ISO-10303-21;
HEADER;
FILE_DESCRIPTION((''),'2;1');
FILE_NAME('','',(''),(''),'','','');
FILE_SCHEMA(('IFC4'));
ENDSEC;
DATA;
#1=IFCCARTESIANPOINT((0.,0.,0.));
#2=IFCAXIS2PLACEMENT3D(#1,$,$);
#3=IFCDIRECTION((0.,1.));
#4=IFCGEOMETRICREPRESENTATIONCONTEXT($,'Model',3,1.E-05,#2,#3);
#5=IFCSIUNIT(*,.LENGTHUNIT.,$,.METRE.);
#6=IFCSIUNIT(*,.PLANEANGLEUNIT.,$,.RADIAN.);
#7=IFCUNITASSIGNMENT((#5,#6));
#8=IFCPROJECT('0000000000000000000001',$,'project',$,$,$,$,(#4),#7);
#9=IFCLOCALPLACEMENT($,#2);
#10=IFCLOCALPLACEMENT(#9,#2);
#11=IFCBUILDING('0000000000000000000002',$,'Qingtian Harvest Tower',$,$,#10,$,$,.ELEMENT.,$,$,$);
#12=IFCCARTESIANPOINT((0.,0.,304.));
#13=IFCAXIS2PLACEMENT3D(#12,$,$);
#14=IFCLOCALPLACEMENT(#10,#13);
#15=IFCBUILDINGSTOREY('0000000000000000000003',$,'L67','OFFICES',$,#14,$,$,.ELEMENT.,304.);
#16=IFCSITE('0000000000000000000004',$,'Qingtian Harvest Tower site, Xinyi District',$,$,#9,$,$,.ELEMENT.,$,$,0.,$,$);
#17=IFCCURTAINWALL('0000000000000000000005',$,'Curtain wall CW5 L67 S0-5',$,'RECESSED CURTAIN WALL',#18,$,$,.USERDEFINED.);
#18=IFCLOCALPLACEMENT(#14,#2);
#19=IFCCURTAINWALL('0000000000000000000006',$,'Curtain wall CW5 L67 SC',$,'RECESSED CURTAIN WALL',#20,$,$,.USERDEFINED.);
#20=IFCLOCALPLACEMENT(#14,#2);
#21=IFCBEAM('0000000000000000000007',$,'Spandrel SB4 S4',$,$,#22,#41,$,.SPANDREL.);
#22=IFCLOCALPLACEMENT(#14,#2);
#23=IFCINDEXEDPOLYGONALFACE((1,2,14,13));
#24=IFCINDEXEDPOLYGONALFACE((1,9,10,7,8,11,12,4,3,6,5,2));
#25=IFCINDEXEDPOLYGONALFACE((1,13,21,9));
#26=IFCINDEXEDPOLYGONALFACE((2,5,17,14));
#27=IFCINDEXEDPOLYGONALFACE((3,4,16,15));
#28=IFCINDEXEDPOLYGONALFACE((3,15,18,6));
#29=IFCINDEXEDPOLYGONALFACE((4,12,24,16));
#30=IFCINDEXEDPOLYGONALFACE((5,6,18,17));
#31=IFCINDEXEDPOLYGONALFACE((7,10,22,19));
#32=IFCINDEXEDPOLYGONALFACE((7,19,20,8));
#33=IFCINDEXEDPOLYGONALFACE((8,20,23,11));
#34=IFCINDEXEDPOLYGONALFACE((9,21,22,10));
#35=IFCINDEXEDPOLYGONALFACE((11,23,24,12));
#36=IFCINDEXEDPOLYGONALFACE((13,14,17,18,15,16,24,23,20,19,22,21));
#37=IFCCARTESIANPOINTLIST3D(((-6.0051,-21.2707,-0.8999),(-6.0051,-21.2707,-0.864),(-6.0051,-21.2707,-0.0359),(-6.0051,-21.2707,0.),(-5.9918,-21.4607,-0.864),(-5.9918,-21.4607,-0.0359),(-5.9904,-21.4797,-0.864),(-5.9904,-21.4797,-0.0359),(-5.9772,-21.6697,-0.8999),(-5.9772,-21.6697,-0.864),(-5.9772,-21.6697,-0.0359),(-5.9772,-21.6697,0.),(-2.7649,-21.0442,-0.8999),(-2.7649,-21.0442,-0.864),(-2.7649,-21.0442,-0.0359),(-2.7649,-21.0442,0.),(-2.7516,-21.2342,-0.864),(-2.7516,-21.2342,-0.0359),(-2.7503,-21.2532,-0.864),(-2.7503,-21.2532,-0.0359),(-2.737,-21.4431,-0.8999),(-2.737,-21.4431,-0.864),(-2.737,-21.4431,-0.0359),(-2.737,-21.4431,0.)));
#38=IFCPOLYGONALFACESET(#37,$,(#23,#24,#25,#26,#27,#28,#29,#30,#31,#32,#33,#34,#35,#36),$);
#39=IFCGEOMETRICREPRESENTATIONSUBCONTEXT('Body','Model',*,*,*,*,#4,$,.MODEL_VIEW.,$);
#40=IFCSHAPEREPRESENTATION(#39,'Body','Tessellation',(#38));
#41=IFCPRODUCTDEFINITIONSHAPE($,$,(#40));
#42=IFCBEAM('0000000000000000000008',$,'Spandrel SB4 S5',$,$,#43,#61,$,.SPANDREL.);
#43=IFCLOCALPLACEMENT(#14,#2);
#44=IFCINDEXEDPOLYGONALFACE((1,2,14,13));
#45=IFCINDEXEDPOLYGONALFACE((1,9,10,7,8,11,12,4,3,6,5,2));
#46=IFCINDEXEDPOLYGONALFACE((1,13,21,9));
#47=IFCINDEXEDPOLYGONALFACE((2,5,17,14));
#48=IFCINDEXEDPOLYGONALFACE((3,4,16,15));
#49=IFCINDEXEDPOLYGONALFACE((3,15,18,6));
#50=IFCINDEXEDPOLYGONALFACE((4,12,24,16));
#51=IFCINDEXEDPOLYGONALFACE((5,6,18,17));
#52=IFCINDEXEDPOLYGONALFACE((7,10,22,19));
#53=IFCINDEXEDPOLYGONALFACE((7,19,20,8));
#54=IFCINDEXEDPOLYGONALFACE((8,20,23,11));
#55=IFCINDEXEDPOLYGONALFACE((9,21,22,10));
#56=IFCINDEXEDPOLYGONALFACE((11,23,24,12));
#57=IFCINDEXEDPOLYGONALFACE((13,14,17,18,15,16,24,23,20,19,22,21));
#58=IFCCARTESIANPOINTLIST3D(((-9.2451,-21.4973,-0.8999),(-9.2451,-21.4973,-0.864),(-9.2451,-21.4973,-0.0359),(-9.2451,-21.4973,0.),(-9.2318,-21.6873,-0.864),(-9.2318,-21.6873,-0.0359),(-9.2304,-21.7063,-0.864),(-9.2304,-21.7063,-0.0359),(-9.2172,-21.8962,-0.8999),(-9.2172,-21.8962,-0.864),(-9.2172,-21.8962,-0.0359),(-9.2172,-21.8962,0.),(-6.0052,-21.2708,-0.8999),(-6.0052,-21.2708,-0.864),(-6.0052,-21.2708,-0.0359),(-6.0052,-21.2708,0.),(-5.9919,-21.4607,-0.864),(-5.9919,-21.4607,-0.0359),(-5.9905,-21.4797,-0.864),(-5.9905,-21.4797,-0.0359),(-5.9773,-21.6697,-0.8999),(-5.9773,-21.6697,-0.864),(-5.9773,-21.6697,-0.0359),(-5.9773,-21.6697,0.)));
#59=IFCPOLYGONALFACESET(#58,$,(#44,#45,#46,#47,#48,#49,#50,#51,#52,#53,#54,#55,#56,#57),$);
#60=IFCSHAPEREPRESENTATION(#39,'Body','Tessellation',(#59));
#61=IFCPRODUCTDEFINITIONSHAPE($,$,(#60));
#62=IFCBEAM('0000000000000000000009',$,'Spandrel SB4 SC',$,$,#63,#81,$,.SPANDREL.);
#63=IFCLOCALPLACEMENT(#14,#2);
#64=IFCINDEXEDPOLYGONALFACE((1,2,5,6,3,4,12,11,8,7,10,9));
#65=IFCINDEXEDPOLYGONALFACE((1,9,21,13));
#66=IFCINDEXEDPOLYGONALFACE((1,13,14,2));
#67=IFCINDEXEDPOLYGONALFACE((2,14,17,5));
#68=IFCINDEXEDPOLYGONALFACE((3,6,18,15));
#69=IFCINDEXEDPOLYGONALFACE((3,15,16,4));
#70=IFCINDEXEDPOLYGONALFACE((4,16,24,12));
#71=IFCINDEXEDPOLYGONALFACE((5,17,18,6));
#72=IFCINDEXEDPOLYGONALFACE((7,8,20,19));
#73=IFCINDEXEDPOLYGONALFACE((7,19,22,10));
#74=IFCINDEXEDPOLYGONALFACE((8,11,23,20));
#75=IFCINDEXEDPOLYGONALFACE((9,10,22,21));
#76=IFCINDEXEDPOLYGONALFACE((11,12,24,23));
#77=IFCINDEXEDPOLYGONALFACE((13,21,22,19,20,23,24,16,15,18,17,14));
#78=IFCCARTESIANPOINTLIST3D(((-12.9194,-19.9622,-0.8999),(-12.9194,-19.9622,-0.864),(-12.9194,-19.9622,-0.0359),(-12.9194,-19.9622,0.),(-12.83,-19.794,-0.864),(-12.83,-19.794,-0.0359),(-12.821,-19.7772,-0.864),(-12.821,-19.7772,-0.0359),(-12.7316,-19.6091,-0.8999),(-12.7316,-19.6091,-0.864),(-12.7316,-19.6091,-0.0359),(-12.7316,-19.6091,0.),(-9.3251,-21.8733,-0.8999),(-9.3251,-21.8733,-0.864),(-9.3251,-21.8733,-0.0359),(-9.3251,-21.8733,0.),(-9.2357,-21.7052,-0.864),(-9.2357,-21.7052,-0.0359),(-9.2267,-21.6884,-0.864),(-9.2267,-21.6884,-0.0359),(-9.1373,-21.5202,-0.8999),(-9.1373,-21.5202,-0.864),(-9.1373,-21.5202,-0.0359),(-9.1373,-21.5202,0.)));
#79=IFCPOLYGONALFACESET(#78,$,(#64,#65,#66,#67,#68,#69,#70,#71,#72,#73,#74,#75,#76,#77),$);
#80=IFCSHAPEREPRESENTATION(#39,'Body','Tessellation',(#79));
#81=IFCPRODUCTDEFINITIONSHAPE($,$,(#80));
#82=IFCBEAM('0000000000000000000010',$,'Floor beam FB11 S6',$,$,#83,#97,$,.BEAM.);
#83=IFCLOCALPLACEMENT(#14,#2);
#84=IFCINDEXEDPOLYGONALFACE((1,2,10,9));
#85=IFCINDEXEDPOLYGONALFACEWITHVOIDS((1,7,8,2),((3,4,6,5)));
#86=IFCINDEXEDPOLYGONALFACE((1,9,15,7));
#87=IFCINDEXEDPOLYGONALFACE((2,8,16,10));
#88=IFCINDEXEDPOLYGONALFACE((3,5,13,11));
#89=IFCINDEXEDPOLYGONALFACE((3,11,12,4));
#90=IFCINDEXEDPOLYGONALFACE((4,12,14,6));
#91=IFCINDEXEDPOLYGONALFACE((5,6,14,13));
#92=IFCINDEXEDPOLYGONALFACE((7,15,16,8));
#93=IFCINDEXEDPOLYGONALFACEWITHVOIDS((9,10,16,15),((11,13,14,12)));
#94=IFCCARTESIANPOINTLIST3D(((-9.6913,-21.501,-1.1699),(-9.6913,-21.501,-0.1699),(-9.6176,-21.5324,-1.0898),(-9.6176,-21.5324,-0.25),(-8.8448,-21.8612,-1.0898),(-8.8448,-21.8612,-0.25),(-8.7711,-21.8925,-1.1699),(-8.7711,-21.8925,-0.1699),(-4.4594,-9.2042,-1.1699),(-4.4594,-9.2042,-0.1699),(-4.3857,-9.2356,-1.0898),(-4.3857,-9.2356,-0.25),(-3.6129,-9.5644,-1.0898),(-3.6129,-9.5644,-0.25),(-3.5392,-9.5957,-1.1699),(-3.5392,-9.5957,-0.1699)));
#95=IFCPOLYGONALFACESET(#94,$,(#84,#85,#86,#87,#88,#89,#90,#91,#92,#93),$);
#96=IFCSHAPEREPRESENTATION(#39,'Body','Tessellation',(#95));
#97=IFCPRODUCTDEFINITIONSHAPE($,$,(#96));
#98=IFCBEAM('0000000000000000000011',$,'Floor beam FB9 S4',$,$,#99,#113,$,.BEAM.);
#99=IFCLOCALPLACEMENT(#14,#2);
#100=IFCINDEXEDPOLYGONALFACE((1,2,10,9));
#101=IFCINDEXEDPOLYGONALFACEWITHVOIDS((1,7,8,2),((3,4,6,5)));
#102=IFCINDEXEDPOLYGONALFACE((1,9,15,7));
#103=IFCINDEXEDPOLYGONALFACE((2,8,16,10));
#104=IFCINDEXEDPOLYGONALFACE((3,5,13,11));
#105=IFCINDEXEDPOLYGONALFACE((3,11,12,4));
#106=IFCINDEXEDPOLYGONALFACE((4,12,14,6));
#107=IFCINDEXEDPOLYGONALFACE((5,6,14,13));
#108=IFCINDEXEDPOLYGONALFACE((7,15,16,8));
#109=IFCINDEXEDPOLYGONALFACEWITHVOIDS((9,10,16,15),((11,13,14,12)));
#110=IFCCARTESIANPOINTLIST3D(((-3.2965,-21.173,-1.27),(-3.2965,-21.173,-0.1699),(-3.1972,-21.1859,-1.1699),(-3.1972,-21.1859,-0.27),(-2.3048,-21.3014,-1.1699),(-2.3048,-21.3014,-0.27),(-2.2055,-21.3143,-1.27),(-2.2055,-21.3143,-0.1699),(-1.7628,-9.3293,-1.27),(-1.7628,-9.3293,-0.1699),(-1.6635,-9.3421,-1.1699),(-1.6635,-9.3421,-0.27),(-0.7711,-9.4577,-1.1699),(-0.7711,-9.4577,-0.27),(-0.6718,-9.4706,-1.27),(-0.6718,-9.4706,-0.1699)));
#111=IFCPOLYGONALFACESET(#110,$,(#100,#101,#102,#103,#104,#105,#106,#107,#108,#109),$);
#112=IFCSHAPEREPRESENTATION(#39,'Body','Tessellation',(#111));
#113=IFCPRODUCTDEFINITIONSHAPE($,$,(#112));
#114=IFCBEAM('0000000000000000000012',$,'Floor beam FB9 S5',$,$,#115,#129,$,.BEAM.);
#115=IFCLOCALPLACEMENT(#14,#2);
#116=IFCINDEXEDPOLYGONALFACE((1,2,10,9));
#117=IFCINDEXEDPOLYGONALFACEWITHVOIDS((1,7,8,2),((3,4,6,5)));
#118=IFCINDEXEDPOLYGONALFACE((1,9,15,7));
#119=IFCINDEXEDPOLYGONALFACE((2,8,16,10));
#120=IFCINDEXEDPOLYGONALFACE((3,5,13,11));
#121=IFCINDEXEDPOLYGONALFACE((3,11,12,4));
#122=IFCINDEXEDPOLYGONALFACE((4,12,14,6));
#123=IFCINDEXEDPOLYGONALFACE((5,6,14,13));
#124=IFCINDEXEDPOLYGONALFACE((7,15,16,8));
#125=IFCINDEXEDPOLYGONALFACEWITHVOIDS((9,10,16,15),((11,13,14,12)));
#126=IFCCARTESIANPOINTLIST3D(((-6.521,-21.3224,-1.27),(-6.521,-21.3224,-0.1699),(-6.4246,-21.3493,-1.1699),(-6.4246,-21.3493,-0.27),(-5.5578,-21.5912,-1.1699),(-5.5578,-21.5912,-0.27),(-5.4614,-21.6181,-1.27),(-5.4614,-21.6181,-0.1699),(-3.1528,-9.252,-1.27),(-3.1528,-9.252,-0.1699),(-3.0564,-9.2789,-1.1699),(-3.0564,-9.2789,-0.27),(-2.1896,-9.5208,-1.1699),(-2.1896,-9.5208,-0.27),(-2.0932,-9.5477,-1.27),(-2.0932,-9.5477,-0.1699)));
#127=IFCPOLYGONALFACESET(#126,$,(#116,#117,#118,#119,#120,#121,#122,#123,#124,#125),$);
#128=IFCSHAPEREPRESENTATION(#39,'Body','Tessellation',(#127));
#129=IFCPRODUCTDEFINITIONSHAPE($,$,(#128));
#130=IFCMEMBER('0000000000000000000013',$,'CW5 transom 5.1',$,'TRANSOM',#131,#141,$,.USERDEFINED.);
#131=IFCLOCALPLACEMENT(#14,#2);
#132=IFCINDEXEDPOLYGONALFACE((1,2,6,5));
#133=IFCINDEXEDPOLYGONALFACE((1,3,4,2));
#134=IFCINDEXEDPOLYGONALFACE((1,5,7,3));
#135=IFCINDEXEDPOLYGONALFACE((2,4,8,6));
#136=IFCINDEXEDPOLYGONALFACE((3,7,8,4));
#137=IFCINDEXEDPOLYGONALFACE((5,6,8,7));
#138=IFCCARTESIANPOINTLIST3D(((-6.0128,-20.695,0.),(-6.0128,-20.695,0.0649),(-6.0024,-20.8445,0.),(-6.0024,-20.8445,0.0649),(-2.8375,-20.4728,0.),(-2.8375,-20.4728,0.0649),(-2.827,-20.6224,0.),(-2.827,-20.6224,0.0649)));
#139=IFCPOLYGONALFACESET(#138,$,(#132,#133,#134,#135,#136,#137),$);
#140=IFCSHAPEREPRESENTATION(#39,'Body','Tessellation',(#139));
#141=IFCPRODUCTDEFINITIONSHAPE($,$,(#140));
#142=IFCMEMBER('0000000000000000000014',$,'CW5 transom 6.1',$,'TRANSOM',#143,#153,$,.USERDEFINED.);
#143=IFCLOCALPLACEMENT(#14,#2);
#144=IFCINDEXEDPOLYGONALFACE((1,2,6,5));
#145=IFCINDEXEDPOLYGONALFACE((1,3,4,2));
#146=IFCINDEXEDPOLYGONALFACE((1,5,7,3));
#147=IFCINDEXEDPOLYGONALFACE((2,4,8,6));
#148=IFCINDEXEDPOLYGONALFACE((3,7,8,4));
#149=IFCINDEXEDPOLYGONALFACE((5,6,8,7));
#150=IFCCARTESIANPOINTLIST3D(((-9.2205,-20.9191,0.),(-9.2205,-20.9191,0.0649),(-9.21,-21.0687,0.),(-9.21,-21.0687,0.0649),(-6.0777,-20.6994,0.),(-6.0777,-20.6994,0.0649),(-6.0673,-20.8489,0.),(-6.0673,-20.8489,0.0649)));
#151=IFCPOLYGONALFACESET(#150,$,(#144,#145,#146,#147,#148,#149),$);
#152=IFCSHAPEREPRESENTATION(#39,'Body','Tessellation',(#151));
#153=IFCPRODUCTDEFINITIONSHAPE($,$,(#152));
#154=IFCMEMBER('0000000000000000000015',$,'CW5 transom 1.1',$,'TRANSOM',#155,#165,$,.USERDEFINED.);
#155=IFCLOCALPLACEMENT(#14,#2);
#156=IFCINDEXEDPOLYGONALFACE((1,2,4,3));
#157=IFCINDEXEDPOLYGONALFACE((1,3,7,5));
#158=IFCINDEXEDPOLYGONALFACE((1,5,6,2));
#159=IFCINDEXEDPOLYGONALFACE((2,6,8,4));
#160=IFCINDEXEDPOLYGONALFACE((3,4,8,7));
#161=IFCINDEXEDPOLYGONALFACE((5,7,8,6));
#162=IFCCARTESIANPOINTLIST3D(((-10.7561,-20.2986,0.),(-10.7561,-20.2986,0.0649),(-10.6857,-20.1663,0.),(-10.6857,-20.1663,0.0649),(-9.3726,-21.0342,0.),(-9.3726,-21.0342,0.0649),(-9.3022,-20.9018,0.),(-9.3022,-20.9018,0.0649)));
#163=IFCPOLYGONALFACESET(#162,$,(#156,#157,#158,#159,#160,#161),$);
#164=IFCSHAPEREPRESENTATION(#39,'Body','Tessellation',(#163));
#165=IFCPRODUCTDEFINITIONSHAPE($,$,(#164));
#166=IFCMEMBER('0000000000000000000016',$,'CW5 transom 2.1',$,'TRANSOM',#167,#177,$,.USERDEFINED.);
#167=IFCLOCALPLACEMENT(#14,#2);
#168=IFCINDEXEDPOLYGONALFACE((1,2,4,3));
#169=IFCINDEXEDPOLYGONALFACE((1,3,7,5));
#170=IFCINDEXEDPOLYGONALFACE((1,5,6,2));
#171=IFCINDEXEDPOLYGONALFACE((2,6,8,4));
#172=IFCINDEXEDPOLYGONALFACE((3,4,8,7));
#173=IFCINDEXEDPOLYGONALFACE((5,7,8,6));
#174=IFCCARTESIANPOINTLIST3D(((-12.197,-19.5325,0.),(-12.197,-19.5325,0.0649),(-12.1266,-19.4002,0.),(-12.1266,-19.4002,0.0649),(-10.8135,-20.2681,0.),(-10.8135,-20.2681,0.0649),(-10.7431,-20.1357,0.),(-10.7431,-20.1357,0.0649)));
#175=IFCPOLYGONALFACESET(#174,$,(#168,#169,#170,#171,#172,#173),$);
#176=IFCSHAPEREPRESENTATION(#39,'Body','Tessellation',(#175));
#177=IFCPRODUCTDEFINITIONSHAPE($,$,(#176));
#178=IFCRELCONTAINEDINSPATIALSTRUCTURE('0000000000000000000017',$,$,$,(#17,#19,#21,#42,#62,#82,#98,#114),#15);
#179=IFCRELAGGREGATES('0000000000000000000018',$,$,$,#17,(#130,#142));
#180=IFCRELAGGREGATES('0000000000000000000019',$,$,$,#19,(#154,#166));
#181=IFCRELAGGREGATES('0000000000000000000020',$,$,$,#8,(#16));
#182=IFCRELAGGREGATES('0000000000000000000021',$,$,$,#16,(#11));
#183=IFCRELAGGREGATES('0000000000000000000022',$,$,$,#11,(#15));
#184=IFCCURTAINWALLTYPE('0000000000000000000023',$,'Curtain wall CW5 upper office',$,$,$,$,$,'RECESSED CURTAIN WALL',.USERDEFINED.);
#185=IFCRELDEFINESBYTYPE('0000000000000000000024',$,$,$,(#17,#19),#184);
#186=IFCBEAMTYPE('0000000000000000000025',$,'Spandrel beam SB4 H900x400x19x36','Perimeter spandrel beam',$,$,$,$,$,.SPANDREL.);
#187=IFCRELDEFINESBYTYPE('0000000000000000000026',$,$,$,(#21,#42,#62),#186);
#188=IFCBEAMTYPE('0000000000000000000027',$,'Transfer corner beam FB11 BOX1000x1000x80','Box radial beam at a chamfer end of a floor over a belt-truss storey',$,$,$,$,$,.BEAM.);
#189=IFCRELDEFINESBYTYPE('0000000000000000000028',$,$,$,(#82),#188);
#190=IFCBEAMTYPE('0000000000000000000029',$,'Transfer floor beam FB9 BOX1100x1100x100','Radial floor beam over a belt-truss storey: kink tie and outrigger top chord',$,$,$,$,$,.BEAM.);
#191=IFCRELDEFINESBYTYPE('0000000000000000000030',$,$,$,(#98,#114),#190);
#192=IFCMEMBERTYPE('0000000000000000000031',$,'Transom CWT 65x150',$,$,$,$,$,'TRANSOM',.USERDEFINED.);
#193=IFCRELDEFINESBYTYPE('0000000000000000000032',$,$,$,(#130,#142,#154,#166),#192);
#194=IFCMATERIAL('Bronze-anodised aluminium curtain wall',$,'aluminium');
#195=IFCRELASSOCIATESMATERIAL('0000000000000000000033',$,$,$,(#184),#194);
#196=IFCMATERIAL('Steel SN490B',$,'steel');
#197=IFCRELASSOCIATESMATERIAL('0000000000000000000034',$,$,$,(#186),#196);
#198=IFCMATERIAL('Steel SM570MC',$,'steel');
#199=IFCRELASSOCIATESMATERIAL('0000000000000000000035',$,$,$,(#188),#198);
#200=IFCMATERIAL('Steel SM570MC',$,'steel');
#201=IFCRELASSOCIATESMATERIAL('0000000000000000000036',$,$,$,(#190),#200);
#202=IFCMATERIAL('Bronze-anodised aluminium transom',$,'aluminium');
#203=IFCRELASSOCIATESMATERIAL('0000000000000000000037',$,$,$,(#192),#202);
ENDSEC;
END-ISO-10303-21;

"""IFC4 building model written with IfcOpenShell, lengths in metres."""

from ifc_helpers import new_model, si_unit, direction, frame, origin, origin_2d, place, context, subcontext, project, spatial, rectangle, hollow_rectangle, i_section, extrude, material, material_profile, profile_set, type_object, element, aggregate, save


model = new_model("IFC4")

# Units and contexts
model_context = context("Model", 3, precision=1e-05, world=origin(), true_north=direction((0.0, 1.0)))
body_context = subcontext(model_context, "Body", "Model", "MODEL_VIEW")
ifc_project = project(units=[si_unit("LENGTHUNIT", "METRE"), si_unit("PLANEANGLEUNIT", "RADIAN")], contexts=[model_context])

# Site, building, storey
site_placement = place(None, origin())
site = spatial("IfcSite", under=ifc_project, at=site_placement, Name="Qingtian Harvest Tower site, Xinyi District", CompositionType="ELEMENT", RefElevation=0.0)
building_placement = place(site_placement, origin())
building = spatial("IfcBuilding", under=site, at=building_placement, Name="Qingtian Harvest Tower", CompositionType="ELEMENT")
storey_placement = place(building_placement, frame((0.0, 0.0, 304.0)))
storey = spatial("IfcBuildingStorey", under=building, at=storey_placement, Name="L67", Description="OFFICES", CompositionType="ELEMENT", Elevation=304.0)

# Curtain walls
ifc_material_1 = material(Name="Bronze-anodised aluminium curtain wall", Category="aluminium")
curtain_wall_type = type_object("IfcCurtainWallType", Name="Curtain wall CW5 upper office", ElementType="RECESSED CURTAIN WALL", PredefinedType="USERDEFINED", material=ifc_material_1)
curtain_wall_1_placement = place(storey_placement, origin())
curtain_wall_1 = element("IfcCurtainWall", 1, at=curtain_wall_1_placement, inside=storey, type_object=curtain_wall_type, Name="Curtain wall CW5 L67 S0-5", ObjectType="RECESSED CURTAIN WALL", PredefinedType="USERDEFINED")
curtain_wall_2_placement = place(storey_placement, origin())
curtain_wall_2 = element("IfcCurtainWall", 2, at=curtain_wall_2_placement, inside=storey, type_object=curtain_wall_type, Name="Curtain wall CW5 L67 SC", ObjectType="RECESSED CURTAIN WALL", PredefinedType="USERDEFINED")

# Beams
ifc_material_2 = material(Name="Steel SN490B", Category="steel")
ifc_material_profile_1 = material_profile(ifc_material_2, i_section(OverallWidth=0.3999, OverallDepth=0.8999, WebThickness=0.019, FlangeThickness=0.0359, at=origin_2d()), Name="H900x400x19x36")
ifc_profile_set_1 = profile_set([ifc_material_profile_1], Name="Steel SN490B")
beam_type_1 = type_object("IfcBeamType", Name="Spandrel beam SB4 H900x400x19x36", Description="Perimeter spandrel beam", PredefinedType="SPANDREL", material=ifc_profile_set_1)
beam_1_placement = place(storey_placement, frame((-2.751, -21.2437, -0.45), z_axis=(-0.997564, -0.069751, 0.0), x_axis=(0.069751, -0.997564, 0.0)))
element("IfcBeam", 3, at=beam_1_placement, inside=storey, type_object=beam_type_1, Name="Spandrel SB4 S4", PredefinedType="SPANDREL", context=body_context, shape_type="SweptSolid", body=[
    extrude(i_section(OverallWidth=0.3999, OverallDepth=0.8999, WebThickness=0.019, FlangeThickness=0.0359, at=origin_2d()), origin(), (0.0, 0.0, 1.0), 3.248),
])
beam_2_placement = place(storey_placement, frame((-5.9912, -21.4702, -0.45), z_axis=(-0.997564, -0.069757, 0.0), x_axis=(0.069757, -0.997564, 0.0)))
element("IfcBeam", 4, at=beam_2_placement, inside=storey, type_object=beam_type_1, Name="Spandrel SB4 S5", PredefinedType="SPANDREL", context=body_context, shape_type="SweptSolid", body=[
    extrude(i_section(OverallWidth=0.3999, OverallDepth=0.8999, WebThickness=0.019, FlangeThickness=0.0359, at=origin_2d()), origin(), (0.0, 0.0, 1.0), 3.2478),
])
beam_3_placement = place(storey_placement, frame((-9.2312, -21.6968, -0.45), z_axis=(-0.882943, 0.46948, 0.0), x_axis=(-0.46948, -0.882943, 0.0)))
element("IfcBeam", 5, at=beam_3_placement, inside=storey, type_object=beam_type_1, Name="Spandrel SB4 SC", PredefinedType="SPANDREL", context=body_context, shape_type="SweptSolid", body=[
    extrude(i_section(OverallWidth=0.3999, OverallDepth=0.8999, WebThickness=0.019, FlangeThickness=0.0359, at=origin_2d()), origin(), (0.0, 0.0, 1.0), 4.0708),
])
ifc_material_3 = material(Name="Steel SM570MC", Category="steel")
ifc_material_profile_2 = material_profile(ifc_material_3, hollow_rectangle(XDim=1.0, YDim=1.0, WallThickness=0.0801, at=origin_2d()), Name="BOX1000x1000x80")
ifc_profile_set_2 = profile_set([ifc_material_profile_2], Name="Steel SM570MC")
beam_type_2 = type_object("IfcBeamType", Name="Transfer corner beam FB11 BOX1000x1000x80", Description="Box radial beam at a chamfer end of a floor over a belt-truss storey", PredefinedType="BEAM", material=ifc_profile_set_2)
beam_4_placement = place(storey_placement, frame((-9.2312, -21.6968, -0.6699), z_axis=(0.391506, 0.920176, 0.0), x_axis=(-0.920176, 0.391506, 0.0)))
element("IfcBeam", 6, at=beam_4_placement, inside=storey, type_object=beam_type_2, Name="Floor beam FB11 S6", PredefinedType="BEAM", context=body_context, shape_type="SweptSolid", body=[
    extrude(hollow_rectangle(XDim=1.0, YDim=1.0, WallThickness=0.0801, at=origin_2d()), origin(), (0.0, 0.0, 1.0), 13.3635),
])
ifc_material_4 = material(Name="Steel SM570MC", Category="steel")
ifc_material_profile_3 = material_profile(ifc_material_4, hollow_rectangle(XDim=1.1001, YDim=1.1001, WallThickness=0.1001, at=origin_2d()), Name="BOX1100x1100x100")
ifc_profile_set_3 = profile_set([ifc_material_profile_3], Name="Steel SM570MC")
beam_type_3 = type_object("IfcBeamType", Name="Transfer floor beam FB9 BOX1100x1100x100", Description="Radial floor beam over a belt-truss storey: kink tie and outrigger top chord", PredefinedType="BEAM", material=ifc_profile_set_3)
beam_5_placement = place(storey_placement, frame((-2.751, -21.2437, -0.72), z_axis=(0.128421, 0.99172, 0.0), x_axis=(-0.99172, 0.128421, 0.0)))
element("IfcBeam", 7, at=beam_5_placement, inside=storey, type_object=beam_type_3, Name="Floor beam FB9 S4", PredefinedType="BEAM", context=body_context, shape_type="SweptSolid", body=[
    extrude(hollow_rectangle(XDim=1.1001, YDim=1.1001, WallThickness=0.1001, at=origin_2d()), origin(), (0.0, 0.0, 1.0), 11.9426),
])
beam_6_placement = place(storey_placement, frame((-5.9912, -21.4702, -0.72), z_axis=(0.268777, 0.963202, 0.0), x_axis=(-0.963202, 0.268777, 0.0)))
element("IfcBeam", 8, at=beam_6_placement, inside=storey, type_object=beam_type_3, Name="Floor beam FB9 S5", PredefinedType="BEAM", context=body_context, shape_type="SweptSolid", body=[
    extrude(hollow_rectangle(XDim=1.1001, YDim=1.1001, WallThickness=0.1001, at=origin_2d()), origin(), (0.0, 0.0, 1.0), 12.5315),
])

# Members
ifc_material_5 = material(Name="Bronze-anodised aluminium transom", Category="aluminium")
ifc_material_profile_4 = material_profile(ifc_material_5, rectangle(XDim=0.1499, YDim=0.0649, at=origin_2d()), Name="AL 65x150")
ifc_profile_set_4 = profile_set([ifc_material_profile_4], Name="Bronze-anodised aluminium transom")
member_type_1 = type_object("IfcMemberType", Name="Transom CWT 65x150", ElementType="TRANSOM", PredefinedType="USERDEFINED", material=ifc_profile_set_4)
member_1_placement = place(storey_placement, frame((-2.8323, -20.5476, 0.0325), z_axis=(-0.997561, -0.069797, 0.0), x_axis=(0.069797, -0.997561, 0.0)))
member_1 = element("IfcMember", 9, at=member_1_placement, type_object=member_type_1, Name="CW5 transom 5.1", ObjectType="TRANSOM", PredefinedType="USERDEFINED", context=body_context, shape_type="SweptSolid", body=[
    extrude(rectangle(XDim=0.1499, YDim=0.0649, at=origin_2d()), origin(), (0.0, 0.0, 1.0), 3.1831),
])
member_2_placement = place(storey_placement, frame((-6.0725, -20.7742, 0.0325), z_axis=(-0.997565, -0.069744, 0.0), x_axis=(0.069744, -0.997565, 0.0)))
member_2 = element("IfcMember", 10, at=member_2_placement, type_object=member_type_1, Name="CW5 transom 6.1", ObjectType="TRANSOM", PredefinedType="USERDEFINED", context=body_context, shape_type="SweptSolid", body=[
    extrude(rectangle(XDim=0.1499, YDim=0.0649, at=origin_2d()), origin(), (0.0, 0.0, 1.0), 3.1504),
])
member_3_placement = place(storey_placement, frame((-9.3374, -20.968, 0.0325), z_axis=(-0.88296, 0.469448, 0.0), x_axis=(-0.469448, -0.88296, 0.0)))
member_3 = element("IfcMember", 11, at=member_3_placement, type_object=member_type_1, Name="CW5 transom 1.1", ObjectType="TRANSOM", PredefinedType="USERDEFINED", context=body_context, shape_type="SweptSolid", body=[
    extrude(rectangle(XDim=0.1499, YDim=0.0649, at=origin_2d()), origin(), (0.0, 0.0, 1.0), 1.5669),
])
member_4_placement = place(storey_placement, frame((-10.7783, -20.2019, 0.0325), z_axis=(-0.88296, 0.469448, 0.0), x_axis=(-0.469448, -0.88296, 0.0)))
member_4 = element("IfcMember", 12, at=member_4_placement, type_object=member_type_1, Name="CW5 transom 2.1", ObjectType="TRANSOM", PredefinedType="USERDEFINED", context=body_context, shape_type="SweptSolid", body=[
    extrude(rectangle(XDim=0.1499, YDim=0.0649, at=origin_2d()), origin(), (0.0, 0.0, 1.0), 1.5669),
])

aggregate(curtain_wall_1, [member_1, member_2])
aggregate(curtain_wall_2, [member_3, member_4])

save(model, "model.ifc")
